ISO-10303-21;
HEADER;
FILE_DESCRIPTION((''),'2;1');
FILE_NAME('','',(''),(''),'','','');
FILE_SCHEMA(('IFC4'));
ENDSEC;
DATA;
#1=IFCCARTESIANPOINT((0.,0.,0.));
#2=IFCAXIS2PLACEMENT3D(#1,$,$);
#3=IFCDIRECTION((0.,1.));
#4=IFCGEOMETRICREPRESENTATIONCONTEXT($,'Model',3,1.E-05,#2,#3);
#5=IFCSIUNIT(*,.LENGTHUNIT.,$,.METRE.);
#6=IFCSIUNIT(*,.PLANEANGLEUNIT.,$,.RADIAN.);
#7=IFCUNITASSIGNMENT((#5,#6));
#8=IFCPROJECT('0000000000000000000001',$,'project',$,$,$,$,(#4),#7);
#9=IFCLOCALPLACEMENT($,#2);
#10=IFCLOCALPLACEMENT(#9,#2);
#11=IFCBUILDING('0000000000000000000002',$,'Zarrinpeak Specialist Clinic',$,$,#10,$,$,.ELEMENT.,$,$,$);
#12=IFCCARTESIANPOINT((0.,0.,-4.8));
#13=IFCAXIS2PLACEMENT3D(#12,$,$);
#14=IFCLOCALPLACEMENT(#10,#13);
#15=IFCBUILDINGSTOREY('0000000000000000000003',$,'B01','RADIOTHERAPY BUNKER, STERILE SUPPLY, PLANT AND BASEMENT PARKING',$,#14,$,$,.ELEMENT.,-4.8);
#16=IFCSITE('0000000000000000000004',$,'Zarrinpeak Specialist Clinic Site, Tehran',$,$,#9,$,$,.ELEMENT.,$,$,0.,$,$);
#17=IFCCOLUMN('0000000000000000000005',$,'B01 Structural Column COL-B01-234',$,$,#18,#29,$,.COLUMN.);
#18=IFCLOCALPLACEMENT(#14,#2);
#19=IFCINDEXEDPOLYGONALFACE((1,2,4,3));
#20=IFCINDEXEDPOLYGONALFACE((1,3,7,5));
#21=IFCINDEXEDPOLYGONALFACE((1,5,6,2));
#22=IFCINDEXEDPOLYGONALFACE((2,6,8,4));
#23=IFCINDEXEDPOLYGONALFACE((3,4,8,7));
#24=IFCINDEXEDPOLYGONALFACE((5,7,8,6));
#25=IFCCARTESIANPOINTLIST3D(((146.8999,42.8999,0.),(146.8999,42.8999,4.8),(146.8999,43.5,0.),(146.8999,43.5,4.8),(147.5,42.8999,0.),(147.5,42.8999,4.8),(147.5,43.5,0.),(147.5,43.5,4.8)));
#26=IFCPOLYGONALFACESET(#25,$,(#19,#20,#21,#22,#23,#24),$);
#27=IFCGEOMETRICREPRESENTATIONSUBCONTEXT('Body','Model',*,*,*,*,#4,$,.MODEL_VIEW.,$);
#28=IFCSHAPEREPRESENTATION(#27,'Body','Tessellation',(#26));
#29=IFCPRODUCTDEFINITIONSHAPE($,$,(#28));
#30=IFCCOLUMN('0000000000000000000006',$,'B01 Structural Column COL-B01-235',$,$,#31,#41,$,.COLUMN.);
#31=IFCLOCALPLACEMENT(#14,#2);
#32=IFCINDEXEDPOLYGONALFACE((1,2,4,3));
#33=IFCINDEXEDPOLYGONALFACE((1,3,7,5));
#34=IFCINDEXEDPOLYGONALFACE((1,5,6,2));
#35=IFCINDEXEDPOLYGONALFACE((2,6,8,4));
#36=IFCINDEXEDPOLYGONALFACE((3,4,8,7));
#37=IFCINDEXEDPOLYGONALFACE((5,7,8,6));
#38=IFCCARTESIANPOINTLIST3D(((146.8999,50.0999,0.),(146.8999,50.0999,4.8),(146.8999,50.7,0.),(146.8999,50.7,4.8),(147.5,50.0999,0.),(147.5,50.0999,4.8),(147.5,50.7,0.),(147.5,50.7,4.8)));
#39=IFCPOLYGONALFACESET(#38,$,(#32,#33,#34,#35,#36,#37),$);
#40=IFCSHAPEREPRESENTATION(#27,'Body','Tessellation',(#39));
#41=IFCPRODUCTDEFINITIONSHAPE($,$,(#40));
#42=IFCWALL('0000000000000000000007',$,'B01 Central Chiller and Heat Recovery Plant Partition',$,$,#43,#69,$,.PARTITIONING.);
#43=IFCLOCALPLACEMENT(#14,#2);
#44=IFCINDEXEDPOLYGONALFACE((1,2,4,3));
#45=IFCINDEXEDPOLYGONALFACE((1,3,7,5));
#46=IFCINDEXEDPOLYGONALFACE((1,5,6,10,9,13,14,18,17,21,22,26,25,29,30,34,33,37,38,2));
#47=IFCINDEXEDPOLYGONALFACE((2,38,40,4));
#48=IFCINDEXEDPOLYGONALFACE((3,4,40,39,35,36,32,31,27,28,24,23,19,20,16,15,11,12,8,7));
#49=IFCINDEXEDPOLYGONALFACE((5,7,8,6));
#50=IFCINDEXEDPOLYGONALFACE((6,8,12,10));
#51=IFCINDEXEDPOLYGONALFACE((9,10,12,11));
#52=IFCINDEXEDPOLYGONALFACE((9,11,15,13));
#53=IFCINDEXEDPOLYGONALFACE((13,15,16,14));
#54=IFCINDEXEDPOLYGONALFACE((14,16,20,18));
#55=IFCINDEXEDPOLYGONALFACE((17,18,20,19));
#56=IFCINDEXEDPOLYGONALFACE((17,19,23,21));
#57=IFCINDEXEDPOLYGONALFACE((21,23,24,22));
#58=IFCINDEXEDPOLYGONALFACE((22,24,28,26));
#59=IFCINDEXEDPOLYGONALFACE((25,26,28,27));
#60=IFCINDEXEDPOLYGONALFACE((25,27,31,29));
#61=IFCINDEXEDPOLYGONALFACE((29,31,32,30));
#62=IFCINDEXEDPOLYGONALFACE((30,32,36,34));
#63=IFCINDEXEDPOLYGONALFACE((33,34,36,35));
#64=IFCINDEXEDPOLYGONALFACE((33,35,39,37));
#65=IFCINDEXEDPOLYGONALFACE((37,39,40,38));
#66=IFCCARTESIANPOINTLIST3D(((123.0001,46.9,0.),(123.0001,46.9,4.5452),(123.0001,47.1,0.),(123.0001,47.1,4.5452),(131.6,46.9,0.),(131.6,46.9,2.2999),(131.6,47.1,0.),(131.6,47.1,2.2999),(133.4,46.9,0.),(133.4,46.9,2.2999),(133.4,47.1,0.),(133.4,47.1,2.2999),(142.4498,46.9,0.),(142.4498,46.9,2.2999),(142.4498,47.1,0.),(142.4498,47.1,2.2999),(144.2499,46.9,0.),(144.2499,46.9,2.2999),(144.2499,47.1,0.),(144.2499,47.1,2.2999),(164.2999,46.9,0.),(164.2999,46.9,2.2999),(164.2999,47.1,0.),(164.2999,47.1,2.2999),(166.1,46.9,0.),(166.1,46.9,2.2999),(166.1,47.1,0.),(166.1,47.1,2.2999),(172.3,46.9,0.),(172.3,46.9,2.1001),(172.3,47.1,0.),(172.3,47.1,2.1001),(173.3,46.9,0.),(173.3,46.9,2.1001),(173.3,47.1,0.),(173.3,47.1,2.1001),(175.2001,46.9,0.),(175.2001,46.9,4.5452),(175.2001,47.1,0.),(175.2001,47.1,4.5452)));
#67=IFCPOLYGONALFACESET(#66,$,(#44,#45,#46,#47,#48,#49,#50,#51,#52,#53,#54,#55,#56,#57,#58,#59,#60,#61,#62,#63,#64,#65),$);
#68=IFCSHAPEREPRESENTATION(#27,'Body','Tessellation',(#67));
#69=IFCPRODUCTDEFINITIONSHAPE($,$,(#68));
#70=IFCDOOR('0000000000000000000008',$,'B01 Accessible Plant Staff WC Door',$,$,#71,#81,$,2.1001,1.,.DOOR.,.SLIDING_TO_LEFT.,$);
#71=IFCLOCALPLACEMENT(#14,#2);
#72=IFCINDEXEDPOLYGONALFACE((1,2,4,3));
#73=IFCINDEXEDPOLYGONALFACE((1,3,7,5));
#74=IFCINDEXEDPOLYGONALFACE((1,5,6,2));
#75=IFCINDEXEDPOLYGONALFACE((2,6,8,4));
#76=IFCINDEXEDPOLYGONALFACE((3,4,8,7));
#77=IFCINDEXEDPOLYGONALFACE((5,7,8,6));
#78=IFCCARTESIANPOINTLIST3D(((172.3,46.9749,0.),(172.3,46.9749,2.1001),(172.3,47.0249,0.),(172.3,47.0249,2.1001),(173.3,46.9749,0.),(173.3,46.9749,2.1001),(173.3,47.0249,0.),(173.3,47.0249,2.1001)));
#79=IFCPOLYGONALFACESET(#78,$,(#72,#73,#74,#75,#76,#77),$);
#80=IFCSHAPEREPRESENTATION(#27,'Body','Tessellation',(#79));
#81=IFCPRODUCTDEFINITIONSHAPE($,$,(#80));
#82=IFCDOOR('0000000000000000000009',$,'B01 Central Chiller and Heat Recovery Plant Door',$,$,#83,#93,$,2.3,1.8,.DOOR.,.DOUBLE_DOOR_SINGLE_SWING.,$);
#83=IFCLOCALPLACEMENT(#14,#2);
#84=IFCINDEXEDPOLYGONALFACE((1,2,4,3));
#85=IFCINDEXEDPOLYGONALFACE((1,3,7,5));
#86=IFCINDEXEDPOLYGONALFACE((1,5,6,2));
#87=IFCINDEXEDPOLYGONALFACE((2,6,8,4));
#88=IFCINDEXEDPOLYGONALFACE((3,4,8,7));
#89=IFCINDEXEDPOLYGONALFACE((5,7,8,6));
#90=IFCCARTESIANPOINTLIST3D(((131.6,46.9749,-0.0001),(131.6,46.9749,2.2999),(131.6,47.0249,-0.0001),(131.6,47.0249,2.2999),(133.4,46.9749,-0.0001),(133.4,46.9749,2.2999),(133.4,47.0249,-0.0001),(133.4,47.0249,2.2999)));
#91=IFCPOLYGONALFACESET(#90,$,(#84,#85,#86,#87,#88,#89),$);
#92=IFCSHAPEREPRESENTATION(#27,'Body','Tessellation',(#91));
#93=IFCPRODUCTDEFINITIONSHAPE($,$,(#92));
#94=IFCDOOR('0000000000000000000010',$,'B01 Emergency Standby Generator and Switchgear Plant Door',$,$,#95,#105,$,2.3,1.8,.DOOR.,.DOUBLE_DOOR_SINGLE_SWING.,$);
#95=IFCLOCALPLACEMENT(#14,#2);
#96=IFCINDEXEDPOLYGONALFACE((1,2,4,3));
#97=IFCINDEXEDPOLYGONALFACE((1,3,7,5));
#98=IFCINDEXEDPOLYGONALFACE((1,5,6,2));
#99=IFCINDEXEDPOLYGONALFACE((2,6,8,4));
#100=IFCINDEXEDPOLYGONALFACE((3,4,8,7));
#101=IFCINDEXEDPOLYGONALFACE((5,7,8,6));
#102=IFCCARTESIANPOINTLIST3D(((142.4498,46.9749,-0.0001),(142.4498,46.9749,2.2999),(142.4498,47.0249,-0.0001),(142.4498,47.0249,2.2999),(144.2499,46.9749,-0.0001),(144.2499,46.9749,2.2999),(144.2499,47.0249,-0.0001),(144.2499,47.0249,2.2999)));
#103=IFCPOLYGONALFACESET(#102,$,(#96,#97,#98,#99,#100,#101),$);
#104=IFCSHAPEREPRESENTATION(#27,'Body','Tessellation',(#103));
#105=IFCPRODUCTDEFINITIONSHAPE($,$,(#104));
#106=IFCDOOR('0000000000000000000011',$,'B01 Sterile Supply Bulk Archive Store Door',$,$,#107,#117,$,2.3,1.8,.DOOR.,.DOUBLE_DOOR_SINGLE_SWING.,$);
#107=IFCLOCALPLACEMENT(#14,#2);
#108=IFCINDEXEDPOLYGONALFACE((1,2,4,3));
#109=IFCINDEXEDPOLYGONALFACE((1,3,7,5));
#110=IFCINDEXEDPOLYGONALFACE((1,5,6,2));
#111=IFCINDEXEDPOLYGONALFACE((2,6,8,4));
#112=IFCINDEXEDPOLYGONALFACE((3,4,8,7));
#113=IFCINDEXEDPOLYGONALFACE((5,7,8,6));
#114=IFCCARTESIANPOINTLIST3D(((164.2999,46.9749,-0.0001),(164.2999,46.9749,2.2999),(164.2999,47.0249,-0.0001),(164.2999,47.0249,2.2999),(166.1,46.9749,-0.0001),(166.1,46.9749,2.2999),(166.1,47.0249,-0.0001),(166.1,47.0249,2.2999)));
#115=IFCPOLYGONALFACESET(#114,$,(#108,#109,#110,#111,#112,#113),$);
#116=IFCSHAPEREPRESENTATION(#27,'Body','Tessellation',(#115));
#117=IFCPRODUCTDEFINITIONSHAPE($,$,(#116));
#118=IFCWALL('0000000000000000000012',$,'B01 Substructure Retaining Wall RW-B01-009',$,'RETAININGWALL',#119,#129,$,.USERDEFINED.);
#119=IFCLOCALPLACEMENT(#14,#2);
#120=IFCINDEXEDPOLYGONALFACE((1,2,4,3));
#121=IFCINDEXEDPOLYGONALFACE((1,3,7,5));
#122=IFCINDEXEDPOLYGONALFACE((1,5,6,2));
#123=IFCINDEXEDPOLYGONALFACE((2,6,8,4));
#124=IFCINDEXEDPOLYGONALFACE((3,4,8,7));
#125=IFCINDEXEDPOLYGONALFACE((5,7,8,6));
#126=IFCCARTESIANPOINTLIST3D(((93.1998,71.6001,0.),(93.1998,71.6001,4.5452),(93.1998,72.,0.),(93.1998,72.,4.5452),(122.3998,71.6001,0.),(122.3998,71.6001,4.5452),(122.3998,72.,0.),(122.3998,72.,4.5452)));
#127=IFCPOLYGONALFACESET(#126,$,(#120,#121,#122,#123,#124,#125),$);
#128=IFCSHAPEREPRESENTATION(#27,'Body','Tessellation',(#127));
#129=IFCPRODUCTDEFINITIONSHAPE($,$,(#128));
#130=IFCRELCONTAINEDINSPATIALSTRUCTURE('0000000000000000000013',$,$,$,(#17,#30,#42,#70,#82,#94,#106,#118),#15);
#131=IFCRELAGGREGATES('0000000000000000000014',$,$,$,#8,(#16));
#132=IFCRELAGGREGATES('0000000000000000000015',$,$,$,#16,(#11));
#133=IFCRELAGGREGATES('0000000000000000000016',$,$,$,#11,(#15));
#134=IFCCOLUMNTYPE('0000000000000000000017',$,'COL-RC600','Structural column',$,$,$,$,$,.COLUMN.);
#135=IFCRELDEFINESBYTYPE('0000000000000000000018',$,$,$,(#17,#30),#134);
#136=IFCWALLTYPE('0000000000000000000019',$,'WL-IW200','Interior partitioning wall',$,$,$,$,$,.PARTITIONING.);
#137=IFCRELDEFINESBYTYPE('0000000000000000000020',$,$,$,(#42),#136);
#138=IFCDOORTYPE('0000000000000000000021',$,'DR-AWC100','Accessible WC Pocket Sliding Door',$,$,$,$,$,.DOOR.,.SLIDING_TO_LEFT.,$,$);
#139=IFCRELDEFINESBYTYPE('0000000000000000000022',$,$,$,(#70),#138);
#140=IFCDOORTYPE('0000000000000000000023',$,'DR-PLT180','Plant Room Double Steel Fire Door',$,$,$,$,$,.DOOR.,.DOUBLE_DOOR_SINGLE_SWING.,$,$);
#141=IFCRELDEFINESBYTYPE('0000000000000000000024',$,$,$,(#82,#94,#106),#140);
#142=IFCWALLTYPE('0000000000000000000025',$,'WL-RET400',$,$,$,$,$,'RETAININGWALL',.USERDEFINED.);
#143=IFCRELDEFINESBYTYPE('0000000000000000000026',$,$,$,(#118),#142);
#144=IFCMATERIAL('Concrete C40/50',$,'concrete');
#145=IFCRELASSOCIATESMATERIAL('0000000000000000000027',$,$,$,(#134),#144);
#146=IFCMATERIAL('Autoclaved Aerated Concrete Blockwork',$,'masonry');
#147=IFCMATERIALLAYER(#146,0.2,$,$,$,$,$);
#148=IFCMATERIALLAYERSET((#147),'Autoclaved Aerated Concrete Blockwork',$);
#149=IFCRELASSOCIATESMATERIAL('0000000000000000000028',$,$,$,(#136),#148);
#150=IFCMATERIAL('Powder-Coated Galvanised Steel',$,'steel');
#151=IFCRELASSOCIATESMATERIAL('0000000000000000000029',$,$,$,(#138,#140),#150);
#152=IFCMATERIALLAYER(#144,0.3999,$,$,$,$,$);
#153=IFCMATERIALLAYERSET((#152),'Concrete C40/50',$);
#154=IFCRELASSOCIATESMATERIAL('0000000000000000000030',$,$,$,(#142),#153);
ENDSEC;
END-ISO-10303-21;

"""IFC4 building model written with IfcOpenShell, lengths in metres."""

from ifc_helpers import new_model, si_unit, direction, frame, frame_2d, origin, origin_2d, place, context, subcontext, project, spatial, rectangle, extrude, material, layer, layer_set, material_profile, profile_set, type_object, element, fill, save


model = new_model("IFC4")

# Units and contexts
model_context = context("Model", 3, precision=1e-05, world=origin(), true_north=direction((0.0, 1.0)))
body_context = subcontext(model_context, "Body", "Model", "MODEL_VIEW")
ifc_project = project(units=[si_unit("LENGTHUNIT", "METRE"), si_unit("PLANEANGLEUNIT", "RADIAN")], contexts=[model_context])

# Site, building, storey
site_placement = place(None, origin())
site = spatial("IfcSite", under=ifc_project, at=site_placement, Name="Zarrinpeak Specialist Clinic Site, Tehran", CompositionType="ELEMENT", RefElevation=0.0)
building_placement = place(site_placement, origin())
building = spatial("IfcBuilding", under=site, at=building_placement, Name="Zarrinpeak Specialist Clinic", CompositionType="ELEMENT")
storey_placement = place(building_placement, frame((0.0, 0.0, -4.8)))
storey = spatial("IfcBuildingStorey", under=building, at=storey_placement, Name="B01", Description="RADIOTHERAPY BUNKER, STERILE SUPPLY, PLANT AND BASEMENT PARKING", CompositionType="ELEMENT", Elevation=-4.8)

# Shared definitions
ifc_material_1 = material(Name="Concrete C40/50", Category="concrete")

# Columns
ifc_material_profile_1 = material_profile(ifc_material_1, rectangle(XDim=0.6001, YDim=0.6001, at=origin_2d()), Name="RC 600x600")
ifc_profile_set_1 = profile_set([ifc_material_profile_1], Name="Concrete C40/50")
column_type = type_object("IfcColumnType", Name="COL-RC600", Description="Structural column", PredefinedType="COLUMN", material=ifc_profile_set_1)
for number, where, z_axis, x_axis, name in (
    (1, (147.2, 43.2, 0.0), (0.0, 0.0, 1.0), (1.0, 0.0, 0.0), "B01 Structural Column COL-B01-234"),
    (2, (147.2, 50.3999, 0.0), (0.0, 0.0, 1.0), (1.0, 0.0, 0.0), "B01 Structural Column COL-B01-235"),
):
    element("IfcColumn", number, at=place(storey_placement, frame(where, z_axis=z_axis, x_axis=x_axis)), inside=storey, type_object=column_type, Name=name, PredefinedType="COLUMN", context=body_context, shape_type="SweptSolid", body=[
        extrude(rectangle(XDim=0.6001, YDim=0.6001, at=origin_2d()), origin(), (0.0, 0.0, 1.0), 4.8),
    ])

# Wall, openings, doors
ifc_material_2 = material(Name="Autoclaved Aerated Concrete Blockwork", Category="masonry")
ifc_layer_1 = layer(ifc_material_2, 0.2)
ifc_layer_set_1 = layer_set([ifc_layer_1], Name="Autoclaved Aerated Concrete Blockwork")
wall_type_1 = type_object("IfcWallType", Name="WL-IW200", Description="Interior partitioning wall", PredefinedType="PARTITIONING", material=ifc_layer_set_1)
wall_1_placement = place(storey_placement, frame((123.0, 47.0, 0.0), z_axis=(0.0, 0.0, 1.0), x_axis=(1.0, 0.0, 0.0)))
wall_1 = element("IfcWall", 3, at=wall_1_placement, inside=storey, type_object=wall_type_1, Name="B01 Central Chiller and Heat Recovery Plant Partition", PredefinedType="PARTITIONING", context=body_context, shape_type="SweptSolid", body=[
    extrude(rectangle(XDim=52.2, YDim=0.2, at=frame_2d((26.1001, 0.0))), origin(), (0.0, 0.0, 1.0), 4.5452),
])
opening_1_placement = place(wall_1_placement, frame((8.6001, 0.0, 0.0)))
opening_1 = element("IfcOpeningElement", 4, at=opening_1_placement, cuts=wall_1, PredefinedType="OPENING", context=body_context, shape_type="SweptSolid", body=[
    extrude(rectangle(XDim=1.8, YDim=2.3, at=frame_2d((0.8999, 1.1499))), frame((0.0, 0.1099, 0.0), z_axis=(0.0, -1.0, 0.0), x_axis=(1.0, 0.0, 0.0)), (0.0, 0.0, 1.0), 0.22),
])
opening_2_placement = place(wall_1_placement, frame((19.45, 0.0, 0.0)))
opening_2 = element("IfcOpeningElement", 5, at=opening_2_placement, cuts=wall_1, PredefinedType="OPENING", context=body_context, shape_type="SweptSolid", body=[
    extrude(rectangle(XDim=1.8, YDim=2.3, at=frame_2d((0.8999, 1.1499))), frame((0.0, 0.1099, 0.0), z_axis=(0.0, -1.0, 0.0), x_axis=(1.0, 0.0, 0.0)), (0.0, 0.0, 1.0), 0.22),
])
opening_3_placement = place(wall_1_placement, frame((41.3, 0.0, 0.0)))
opening_3 = element("IfcOpeningElement", 6, at=opening_3_placement, cuts=wall_1, PredefinedType="OPENING", context=body_context, shape_type="SweptSolid", body=[
    extrude(rectangle(XDim=1.8, YDim=2.3, at=frame_2d((0.8999, 1.1499))), frame((0.0, 0.1099, 0.0), z_axis=(0.0, -1.0, 0.0), x_axis=(1.0, 0.0, 0.0)), (0.0, 0.0, 1.0), 0.22),
])
opening_4_placement = place(wall_1_placement, frame((49.3, 0.0, 0.0)))
opening_4 = element("IfcOpeningElement", 7, at=opening_4_placement, cuts=wall_1, PredefinedType="OPENING", context=body_context, shape_type="SweptSolid", body=[
    extrude(rectangle(XDim=1.0, YDim=2.1001, at=frame_2d((0.5, 1.05))), frame((0.0, 0.1099, 0.0), z_axis=(0.0, -1.0, 0.0), x_axis=(1.0, 0.0, 0.0)), (0.0, 0.0, 1.0), 0.22),
])
ifc_material_3 = material(Name="Powder-Coated Galvanised Steel", Category="steel")
door_type_1 = type_object("IfcDoorType", Name="DR-AWC100", Description="Accessible WC Pocket Sliding Door", OperationType="SLIDING_TO_LEFT", PredefinedType="DOOR", material=ifc_material_3)
door_1_placement = place(opening_4_placement, origin())
door_1 = element("IfcDoor", 8, at=door_1_placement, inside=storey, type_object=door_type_1, Name="B01 Accessible Plant Staff WC Door", OperationType="SLIDING_TO_LEFT", OverallHeight=2.1001, OverallWidth=1.0, PredefinedType="DOOR", context=body_context, shape_type="SweptSolid", body=[
    extrude(rectangle(XDim=1.0, YDim=2.1001, at=frame_2d((0.5, 1.05))), frame((0.0, 0.0249, 0.0), z_axis=(0.0, -1.0, 0.0), x_axis=(1.0, 0.0, 0.0)), (0.0, 0.0, 1.0), 0.05),
])
fill(opening_4, door_1)
door_type_2 = type_object("IfcDoorType", Name="DR-PLT180", Description="Plant Room Double Steel Fire Door", OperationType="DOUBLE_DOOR_SINGLE_SWING", PredefinedType="DOOR", material=ifc_material_3)
door_2_placement = place(opening_1_placement, origin())
door_2 = element("IfcDoor", 9, at=door_2_placement, inside=storey, type_object=door_type_2, Name="B01 Central Chiller and Heat Recovery Plant Door", OperationType="DOUBLE_DOOR_SINGLE_SWING", OverallHeight=2.3, OverallWidth=1.8, PredefinedType="DOOR", context=body_context, shape_type="SweptSolid", body=[
    extrude(rectangle(XDim=1.8, YDim=2.3, at=frame_2d((0.8999, 1.1499))), frame((0.0, 0.0249, 0.0), z_axis=(0.0, -1.0, 0.0), x_axis=(1.0, 0.0, 0.0)), (0.0, 0.0, 1.0), 0.05),
])
fill(opening_1, door_2)
door_3_placement = place(opening_2_placement, origin())
door_3 = element("IfcDoor", 10, at=door_3_placement, inside=storey, type_object=door_type_2, Name="B01 Emergency Standby Generator and Switchgear Plant Door", OperationType="DOUBLE_DOOR_SINGLE_SWING", OverallHeight=2.3, OverallWidth=1.8, PredefinedType="DOOR", context=body_context, shape_type="SweptSolid", body=[
    extrude(rectangle(XDim=1.8, YDim=2.3, at=frame_2d((0.8999, 1.1499))), frame((0.0, 0.0249, 0.0), z_axis=(0.0, -1.0, 0.0), x_axis=(1.0, 0.0, 0.0)), (0.0, 0.0, 1.0), 0.05),
])
fill(opening_2, door_3)
door_4_placement = place(opening_3_placement, origin())
door_4 = element("IfcDoor", 11, at=door_4_placement, inside=storey, type_object=door_type_2, Name="B01 Sterile Supply Bulk Archive Store Door", OperationType="DOUBLE_DOOR_SINGLE_SWING", OverallHeight=2.3, OverallWidth=1.8, PredefinedType="DOOR", context=body_context, shape_type="SweptSolid", body=[
    extrude(rectangle(XDim=1.8, YDim=2.3, at=frame_2d((0.8999, 1.1499))), frame((0.0, 0.0249, 0.0), z_axis=(0.0, -1.0, 0.0), x_axis=(1.0, 0.0, 0.0)), (0.0, 0.0, 1.0), 0.05),
])
fill(opening_3, door_4)

# Wall
ifc_layer_2 = layer(ifc_material_1, 0.3999)
ifc_layer_set_2 = layer_set([ifc_layer_2], Name="Concrete C40/50")
wall_type_2 = type_object("IfcWallType", Name="WL-RET400", ElementType="RETAININGWALL", PredefinedType="USERDEFINED", material=ifc_layer_set_2)
wall_2_placement = place(storey_placement, frame((122.3999, 71.8, 0.0), z_axis=(0.0, 0.0, 1.0), x_axis=(-1.0, 0.0, 0.0)))
element("IfcWall", 12, at=wall_2_placement, inside=storey, type_object=wall_type_2, Name="B01 Substructure Retaining Wall RW-B01-009", ObjectType="RETAININGWALL", PredefinedType="USERDEFINED", context=body_context, shape_type="SweptSolid", body=[
    extrude(rectangle(XDim=29.2, YDim=0.3999, at=frame_2d((14.6001, 0.0))), origin(), (0.0, 0.0, 1.0), 4.5452),
])

save(model, "model.ifc")
